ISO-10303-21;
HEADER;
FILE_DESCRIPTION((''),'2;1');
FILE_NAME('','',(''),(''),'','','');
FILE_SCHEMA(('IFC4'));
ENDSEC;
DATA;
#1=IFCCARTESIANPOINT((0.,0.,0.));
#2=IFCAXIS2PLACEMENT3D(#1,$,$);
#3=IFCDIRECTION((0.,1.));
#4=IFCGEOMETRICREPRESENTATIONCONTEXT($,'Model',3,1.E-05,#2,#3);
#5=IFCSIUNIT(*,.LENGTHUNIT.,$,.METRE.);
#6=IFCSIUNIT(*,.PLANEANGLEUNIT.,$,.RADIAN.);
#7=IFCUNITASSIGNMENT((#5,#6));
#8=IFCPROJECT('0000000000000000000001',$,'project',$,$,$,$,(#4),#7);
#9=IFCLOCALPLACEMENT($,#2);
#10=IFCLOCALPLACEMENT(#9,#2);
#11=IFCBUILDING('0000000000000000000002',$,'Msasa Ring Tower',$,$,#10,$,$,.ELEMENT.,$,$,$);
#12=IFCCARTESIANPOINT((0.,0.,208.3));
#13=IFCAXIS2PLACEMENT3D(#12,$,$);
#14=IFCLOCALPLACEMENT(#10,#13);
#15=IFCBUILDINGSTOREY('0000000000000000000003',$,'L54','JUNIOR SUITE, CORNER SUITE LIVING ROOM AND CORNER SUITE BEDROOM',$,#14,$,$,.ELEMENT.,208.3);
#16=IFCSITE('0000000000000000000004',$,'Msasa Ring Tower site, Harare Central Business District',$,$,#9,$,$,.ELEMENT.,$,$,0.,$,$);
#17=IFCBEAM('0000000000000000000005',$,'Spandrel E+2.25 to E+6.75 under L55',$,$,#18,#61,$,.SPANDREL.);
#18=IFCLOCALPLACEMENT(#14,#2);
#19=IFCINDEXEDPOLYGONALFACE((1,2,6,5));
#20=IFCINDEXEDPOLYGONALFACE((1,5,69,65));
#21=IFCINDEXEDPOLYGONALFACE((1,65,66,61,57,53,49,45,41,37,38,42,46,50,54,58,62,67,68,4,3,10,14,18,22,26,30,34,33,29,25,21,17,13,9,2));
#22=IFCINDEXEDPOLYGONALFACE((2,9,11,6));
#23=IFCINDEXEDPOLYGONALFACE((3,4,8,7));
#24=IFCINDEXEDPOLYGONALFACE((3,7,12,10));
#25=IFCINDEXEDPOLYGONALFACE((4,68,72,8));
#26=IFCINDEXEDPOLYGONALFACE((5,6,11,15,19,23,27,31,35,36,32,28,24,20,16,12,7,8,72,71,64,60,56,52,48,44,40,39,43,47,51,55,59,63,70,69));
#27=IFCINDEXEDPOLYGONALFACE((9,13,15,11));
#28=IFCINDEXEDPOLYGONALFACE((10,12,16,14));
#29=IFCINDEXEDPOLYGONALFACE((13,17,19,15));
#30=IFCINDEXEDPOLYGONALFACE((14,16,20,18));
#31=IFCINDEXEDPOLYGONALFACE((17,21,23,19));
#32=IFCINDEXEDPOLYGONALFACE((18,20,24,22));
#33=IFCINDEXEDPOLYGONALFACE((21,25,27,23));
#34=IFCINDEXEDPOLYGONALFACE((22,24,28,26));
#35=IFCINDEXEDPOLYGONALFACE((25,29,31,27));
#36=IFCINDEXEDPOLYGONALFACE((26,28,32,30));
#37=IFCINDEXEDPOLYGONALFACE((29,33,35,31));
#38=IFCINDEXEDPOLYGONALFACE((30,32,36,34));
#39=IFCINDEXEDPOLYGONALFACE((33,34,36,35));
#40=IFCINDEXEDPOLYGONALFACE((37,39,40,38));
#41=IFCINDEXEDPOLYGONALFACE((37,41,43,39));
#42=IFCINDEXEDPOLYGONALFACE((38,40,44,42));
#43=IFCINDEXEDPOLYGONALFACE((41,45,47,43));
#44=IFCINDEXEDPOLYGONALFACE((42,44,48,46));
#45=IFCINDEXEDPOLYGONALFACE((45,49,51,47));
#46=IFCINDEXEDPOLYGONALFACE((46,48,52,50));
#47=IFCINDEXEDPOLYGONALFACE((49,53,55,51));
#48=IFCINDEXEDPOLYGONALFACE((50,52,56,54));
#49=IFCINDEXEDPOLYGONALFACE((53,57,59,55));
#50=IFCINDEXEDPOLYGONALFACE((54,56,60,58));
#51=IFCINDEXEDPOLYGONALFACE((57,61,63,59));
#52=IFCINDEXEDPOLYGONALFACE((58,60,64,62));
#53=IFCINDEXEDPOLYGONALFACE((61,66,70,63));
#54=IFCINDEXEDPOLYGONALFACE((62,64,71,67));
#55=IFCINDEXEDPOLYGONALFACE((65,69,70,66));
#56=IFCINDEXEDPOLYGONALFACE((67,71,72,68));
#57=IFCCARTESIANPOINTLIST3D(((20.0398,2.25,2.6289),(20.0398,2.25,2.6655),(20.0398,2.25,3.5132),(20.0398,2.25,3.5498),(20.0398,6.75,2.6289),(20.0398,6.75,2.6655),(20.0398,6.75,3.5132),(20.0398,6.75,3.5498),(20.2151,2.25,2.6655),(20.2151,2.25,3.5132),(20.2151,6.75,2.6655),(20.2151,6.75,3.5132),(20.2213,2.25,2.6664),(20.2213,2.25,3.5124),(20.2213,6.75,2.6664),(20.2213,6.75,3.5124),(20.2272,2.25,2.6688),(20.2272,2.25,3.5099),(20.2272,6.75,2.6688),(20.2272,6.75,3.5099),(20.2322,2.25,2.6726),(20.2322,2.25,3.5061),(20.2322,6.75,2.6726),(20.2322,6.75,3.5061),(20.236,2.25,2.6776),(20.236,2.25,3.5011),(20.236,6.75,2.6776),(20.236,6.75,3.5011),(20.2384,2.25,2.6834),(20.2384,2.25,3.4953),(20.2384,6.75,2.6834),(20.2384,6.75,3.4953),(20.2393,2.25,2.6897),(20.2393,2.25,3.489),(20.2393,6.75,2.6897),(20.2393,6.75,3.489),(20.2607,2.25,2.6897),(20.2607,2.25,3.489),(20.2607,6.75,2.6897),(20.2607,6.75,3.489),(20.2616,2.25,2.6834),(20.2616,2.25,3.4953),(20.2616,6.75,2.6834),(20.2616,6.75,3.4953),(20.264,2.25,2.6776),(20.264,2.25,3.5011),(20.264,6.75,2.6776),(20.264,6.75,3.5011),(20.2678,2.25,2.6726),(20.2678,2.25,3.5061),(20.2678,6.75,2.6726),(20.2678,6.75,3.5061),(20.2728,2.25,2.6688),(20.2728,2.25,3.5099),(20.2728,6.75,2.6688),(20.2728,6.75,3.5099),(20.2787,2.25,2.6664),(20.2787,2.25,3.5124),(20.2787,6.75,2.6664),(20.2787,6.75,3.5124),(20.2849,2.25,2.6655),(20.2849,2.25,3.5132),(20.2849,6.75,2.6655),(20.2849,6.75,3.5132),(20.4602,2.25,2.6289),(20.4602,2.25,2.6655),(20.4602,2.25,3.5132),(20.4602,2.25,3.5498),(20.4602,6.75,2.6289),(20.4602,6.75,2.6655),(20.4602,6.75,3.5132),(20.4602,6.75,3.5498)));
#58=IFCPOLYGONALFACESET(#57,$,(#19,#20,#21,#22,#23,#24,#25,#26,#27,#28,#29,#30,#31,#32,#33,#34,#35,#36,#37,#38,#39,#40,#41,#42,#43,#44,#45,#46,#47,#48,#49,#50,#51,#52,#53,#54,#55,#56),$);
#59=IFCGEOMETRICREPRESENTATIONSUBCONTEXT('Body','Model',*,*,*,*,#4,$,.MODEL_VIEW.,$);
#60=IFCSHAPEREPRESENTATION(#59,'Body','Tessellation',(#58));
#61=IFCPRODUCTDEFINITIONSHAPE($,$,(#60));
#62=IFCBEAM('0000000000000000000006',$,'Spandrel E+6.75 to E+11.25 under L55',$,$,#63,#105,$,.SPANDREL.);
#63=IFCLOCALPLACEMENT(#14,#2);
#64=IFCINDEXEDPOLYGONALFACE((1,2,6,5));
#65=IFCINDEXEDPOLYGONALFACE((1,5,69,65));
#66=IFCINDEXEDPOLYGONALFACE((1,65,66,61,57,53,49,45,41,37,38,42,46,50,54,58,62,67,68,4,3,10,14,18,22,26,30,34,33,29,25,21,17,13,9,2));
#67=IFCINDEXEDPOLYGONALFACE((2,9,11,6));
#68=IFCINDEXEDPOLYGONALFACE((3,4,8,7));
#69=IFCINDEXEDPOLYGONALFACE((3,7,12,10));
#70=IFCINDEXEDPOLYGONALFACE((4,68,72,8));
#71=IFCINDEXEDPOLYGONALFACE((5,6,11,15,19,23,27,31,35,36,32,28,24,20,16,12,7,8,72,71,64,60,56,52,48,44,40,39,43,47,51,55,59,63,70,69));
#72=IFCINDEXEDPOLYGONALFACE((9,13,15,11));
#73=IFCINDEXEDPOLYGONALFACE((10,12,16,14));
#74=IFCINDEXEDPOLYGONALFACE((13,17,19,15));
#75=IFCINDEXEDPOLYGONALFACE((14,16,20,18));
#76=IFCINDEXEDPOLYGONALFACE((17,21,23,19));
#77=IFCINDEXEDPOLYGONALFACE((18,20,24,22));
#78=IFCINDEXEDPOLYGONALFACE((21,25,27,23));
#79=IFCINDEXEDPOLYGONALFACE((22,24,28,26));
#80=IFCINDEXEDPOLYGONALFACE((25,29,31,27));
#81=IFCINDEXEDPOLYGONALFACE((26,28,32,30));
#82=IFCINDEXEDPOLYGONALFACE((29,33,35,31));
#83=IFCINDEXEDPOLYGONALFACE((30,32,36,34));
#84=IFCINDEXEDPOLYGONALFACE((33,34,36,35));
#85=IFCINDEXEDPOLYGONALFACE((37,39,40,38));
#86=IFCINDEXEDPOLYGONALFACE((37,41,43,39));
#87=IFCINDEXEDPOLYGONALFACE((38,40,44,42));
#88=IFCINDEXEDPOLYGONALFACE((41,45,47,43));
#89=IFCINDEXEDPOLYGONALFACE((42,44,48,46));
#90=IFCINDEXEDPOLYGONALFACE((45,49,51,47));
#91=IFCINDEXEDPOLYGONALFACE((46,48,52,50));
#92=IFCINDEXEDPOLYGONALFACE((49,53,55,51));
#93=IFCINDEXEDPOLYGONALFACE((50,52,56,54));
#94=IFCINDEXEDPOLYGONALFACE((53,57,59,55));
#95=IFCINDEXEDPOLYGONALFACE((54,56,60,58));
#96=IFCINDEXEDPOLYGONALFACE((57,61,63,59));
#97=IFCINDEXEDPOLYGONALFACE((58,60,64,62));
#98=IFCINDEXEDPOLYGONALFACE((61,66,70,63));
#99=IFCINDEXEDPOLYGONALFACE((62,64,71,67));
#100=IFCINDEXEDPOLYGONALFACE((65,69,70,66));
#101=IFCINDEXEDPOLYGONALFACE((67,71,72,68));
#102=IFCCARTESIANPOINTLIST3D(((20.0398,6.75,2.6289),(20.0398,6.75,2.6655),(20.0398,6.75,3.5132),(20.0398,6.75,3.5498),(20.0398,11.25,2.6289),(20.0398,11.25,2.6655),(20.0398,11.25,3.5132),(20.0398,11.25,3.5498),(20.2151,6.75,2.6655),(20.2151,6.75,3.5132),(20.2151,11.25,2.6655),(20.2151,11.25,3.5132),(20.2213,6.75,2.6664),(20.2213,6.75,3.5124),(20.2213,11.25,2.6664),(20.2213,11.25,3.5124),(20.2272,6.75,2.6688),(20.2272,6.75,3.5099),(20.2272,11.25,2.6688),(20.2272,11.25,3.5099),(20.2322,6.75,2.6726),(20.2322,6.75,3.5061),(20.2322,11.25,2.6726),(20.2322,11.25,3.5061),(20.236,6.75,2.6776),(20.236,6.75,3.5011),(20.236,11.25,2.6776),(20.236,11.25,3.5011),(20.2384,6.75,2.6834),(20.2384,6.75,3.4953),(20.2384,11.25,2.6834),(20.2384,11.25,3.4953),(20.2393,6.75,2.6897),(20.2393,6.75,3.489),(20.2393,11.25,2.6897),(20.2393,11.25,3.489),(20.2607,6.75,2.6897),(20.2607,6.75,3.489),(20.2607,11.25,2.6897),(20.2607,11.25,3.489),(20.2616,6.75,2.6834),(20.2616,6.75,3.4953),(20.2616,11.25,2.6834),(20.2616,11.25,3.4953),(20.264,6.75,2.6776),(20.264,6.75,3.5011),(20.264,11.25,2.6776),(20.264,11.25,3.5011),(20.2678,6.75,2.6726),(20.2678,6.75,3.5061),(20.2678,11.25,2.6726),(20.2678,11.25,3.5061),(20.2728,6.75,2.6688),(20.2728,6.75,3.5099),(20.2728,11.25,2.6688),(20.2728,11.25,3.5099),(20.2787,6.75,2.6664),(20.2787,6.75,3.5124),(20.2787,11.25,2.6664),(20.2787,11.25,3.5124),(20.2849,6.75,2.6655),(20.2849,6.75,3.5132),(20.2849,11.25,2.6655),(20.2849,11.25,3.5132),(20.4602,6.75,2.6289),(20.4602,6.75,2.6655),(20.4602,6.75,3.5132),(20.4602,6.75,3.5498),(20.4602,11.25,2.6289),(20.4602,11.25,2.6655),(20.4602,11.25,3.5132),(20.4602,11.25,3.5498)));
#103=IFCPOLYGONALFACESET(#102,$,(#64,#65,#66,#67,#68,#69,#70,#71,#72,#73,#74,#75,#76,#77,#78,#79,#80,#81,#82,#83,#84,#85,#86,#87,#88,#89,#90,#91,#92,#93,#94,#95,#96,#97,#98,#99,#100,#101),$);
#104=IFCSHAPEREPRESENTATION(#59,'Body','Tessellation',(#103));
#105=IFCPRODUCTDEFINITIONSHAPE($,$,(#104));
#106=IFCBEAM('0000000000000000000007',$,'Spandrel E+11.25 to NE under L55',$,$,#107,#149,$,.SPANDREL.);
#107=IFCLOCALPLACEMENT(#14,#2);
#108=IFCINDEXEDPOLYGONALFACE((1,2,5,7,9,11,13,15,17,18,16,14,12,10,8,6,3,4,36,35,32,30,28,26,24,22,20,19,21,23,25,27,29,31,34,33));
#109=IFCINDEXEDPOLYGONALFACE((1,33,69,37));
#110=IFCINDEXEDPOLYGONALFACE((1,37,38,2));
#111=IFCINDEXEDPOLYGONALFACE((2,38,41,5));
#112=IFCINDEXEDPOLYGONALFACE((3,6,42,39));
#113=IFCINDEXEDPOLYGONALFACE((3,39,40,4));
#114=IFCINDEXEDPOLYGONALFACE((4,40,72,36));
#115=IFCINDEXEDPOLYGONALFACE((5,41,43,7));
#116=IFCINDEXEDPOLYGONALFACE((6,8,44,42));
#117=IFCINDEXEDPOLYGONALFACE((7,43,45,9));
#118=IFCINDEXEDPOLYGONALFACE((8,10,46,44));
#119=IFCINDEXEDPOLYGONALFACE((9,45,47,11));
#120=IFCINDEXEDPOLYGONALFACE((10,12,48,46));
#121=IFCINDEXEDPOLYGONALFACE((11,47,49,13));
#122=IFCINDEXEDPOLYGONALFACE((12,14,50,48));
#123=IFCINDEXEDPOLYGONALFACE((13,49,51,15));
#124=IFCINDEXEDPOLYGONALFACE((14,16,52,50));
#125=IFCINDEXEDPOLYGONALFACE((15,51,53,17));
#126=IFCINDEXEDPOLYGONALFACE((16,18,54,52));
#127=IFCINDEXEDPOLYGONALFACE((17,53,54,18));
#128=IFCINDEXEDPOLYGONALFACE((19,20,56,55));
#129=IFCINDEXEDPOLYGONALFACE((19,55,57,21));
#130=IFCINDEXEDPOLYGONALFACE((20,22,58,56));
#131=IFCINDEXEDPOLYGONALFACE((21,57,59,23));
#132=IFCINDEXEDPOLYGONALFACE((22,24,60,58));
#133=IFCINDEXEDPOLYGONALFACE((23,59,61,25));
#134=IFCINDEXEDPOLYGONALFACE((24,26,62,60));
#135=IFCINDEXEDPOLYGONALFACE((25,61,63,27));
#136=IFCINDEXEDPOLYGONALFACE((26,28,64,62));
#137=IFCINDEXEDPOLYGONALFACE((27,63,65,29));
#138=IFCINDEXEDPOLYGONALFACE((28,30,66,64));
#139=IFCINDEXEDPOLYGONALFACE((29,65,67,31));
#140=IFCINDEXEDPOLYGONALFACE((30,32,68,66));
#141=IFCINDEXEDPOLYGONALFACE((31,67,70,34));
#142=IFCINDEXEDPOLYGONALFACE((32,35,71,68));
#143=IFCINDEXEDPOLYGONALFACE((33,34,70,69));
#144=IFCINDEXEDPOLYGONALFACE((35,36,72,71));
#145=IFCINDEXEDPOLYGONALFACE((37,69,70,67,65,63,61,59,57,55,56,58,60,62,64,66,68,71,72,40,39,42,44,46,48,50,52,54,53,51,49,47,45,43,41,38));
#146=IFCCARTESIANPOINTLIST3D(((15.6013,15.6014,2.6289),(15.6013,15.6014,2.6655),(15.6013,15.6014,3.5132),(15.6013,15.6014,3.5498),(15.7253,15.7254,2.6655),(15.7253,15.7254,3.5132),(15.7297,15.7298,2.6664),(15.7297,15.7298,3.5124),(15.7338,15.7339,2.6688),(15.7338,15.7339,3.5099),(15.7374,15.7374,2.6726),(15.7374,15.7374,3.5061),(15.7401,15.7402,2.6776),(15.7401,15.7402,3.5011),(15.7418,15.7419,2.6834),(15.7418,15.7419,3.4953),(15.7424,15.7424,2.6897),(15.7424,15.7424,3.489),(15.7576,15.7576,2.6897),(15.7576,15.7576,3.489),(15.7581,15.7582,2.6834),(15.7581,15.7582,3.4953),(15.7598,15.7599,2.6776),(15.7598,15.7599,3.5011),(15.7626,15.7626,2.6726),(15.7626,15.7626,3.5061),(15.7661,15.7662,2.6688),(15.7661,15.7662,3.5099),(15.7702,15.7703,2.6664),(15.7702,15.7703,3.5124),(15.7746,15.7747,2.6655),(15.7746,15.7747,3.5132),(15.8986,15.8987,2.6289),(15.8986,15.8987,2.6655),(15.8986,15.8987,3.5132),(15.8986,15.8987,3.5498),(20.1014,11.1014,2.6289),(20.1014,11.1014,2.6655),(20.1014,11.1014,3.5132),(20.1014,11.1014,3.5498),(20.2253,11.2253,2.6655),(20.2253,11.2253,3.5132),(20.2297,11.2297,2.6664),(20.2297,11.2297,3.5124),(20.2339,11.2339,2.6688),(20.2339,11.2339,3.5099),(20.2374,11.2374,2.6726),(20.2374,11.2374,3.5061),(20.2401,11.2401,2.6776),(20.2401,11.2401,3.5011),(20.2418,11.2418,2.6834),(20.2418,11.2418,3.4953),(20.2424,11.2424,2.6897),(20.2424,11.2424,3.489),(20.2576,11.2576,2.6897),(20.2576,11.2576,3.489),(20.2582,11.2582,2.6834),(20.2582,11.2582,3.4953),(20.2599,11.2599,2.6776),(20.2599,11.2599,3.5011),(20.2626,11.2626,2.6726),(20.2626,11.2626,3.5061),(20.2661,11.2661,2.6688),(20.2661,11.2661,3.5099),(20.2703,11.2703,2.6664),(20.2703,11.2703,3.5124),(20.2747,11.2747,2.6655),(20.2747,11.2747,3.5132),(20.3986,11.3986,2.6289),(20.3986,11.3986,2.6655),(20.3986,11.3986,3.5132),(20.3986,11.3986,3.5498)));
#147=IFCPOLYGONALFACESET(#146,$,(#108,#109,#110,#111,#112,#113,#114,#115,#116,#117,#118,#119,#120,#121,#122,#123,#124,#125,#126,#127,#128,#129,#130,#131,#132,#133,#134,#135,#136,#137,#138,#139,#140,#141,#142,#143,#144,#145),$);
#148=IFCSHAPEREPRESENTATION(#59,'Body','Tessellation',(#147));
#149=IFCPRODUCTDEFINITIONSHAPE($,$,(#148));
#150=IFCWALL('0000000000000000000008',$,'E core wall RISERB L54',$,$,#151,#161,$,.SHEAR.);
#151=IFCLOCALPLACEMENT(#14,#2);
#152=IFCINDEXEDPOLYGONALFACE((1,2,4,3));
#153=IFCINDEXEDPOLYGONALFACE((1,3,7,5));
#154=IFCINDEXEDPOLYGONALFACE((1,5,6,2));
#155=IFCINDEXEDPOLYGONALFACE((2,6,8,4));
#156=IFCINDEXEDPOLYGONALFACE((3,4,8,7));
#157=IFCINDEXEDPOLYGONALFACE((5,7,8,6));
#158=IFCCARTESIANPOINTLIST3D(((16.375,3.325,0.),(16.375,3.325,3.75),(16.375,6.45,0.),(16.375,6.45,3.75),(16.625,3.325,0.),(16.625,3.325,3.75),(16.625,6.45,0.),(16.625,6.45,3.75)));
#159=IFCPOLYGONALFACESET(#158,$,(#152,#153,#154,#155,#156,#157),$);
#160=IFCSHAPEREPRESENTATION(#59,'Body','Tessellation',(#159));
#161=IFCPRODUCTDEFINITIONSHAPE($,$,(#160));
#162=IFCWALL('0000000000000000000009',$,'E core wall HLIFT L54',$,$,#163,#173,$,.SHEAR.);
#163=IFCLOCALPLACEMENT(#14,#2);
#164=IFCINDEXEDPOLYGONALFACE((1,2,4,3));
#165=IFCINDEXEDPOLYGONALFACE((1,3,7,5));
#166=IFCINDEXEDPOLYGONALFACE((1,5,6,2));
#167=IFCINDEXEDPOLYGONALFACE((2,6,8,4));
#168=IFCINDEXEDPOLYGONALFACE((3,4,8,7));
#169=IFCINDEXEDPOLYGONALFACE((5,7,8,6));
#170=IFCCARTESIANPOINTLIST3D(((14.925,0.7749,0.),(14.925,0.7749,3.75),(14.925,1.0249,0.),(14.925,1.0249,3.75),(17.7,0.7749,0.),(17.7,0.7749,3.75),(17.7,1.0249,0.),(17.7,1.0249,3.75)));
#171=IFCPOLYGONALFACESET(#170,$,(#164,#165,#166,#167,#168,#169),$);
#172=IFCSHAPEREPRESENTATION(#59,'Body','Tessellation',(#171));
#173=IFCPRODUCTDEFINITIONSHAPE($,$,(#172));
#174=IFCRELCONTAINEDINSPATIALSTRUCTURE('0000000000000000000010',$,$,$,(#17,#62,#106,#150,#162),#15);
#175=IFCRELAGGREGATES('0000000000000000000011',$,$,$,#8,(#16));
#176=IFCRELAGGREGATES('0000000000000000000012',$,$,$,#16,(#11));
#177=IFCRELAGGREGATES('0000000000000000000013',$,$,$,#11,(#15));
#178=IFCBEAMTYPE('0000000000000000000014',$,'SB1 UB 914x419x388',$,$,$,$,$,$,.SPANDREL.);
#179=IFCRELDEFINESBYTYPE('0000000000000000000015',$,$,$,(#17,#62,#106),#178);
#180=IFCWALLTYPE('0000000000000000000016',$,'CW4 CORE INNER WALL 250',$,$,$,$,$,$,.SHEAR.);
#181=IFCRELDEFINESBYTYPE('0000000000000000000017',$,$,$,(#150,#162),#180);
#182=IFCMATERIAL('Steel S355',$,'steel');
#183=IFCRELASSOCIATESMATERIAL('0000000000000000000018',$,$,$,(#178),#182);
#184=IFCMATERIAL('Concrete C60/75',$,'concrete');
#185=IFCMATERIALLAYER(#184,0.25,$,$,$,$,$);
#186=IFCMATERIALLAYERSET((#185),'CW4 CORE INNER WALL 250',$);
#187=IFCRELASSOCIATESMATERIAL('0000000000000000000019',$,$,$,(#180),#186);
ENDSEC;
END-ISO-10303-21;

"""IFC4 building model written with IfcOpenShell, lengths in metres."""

from ifc_helpers import new_model, si_unit, direction, frame, frame_2d, origin, origin_2d, place, context, subcontext, project, spatial, rectangle, i_section, extrude, material, layer, layer_set, material_profile, profile_set, type_object, element, save


model = new_model("IFC4")

# Units and contexts
model_context = context("Model", 3, precision=1e-05, world=origin(), true_north=direction((0.0, 1.0)))
body_context = subcontext(model_context, "Body", "Model", "MODEL_VIEW")
ifc_project = project(units=[si_unit("LENGTHUNIT", "METRE"), si_unit("PLANEANGLEUNIT", "RADIAN")], contexts=[model_context])

# Site, building, storey
site_placement = place(None, origin())
site = spatial("IfcSite", under=ifc_project, at=site_placement, Name="Msasa Ring Tower site, Harare Central Business District", CompositionType="ELEMENT", RefElevation=0.0)
building_placement = place(site_placement, origin())
building = spatial("IfcBuilding", under=site, at=building_placement, Name="Msasa Ring Tower", CompositionType="ELEMENT")
storey_placement = place(building_placement, frame((0.0, 0.0, 208.3)))
storey = spatial("IfcBuildingStorey", under=building, at=storey_placement, Name="L54", Description="JUNIOR SUITE, CORNER SUITE LIVING ROOM AND CORNER SUITE BEDROOM", CompositionType="ELEMENT", Elevation=208.3)

# Beams
ifc_material_1 = material(Name="Steel S355", Category="steel")
ifc_material_profile_1 = material_profile(ifc_material_1, i_section(OverallWidth=0.4204, OverallDepth=0.9209, WebThickness=0.0215, FlangeThickness=0.0366, FilletRadius=0.0242, at=origin_2d()), Name="UB 914x419x388")
ifc_profile_set_1 = profile_set([ifc_material_profile_1], Name="Steel S355")
beam_type_1 = type_object("IfcBeamType", Name="SB1 UB 914x419x388", PredefinedType="SPANDREL", material=ifc_profile_set_1)
for number, where, z_axis, x_axis, name in (
    (1, (20.25, 2.25, 3.0894), (0.0, 1.0, 0.0), (-1.0, 0.0, 0.0), "Spandrel E+2.25 to E+6.75 under L55"),
    (2, (20.25, 6.75, 3.0894), (0.0, 1.0, 0.0), (-1.0, 0.0, 0.0), "Spandrel E+6.75 to E+11.25 under L55"),
):
    element("IfcBeam", number, at=place(storey_placement, frame(where, z_axis=z_axis, x_axis=x_axis)), inside=storey, type_object=beam_type_1, Name=name, PredefinedType="SPANDREL", context=body_context, shape_type="SweptSolid", body=[
        extrude(i_section(OverallWidth=0.4204, OverallDepth=0.9209, WebThickness=0.0215, FlangeThickness=0.0366, FilletRadius=0.0242, at=origin_2d()), origin(), (0.0, 0.0, 1.0), 4.5),
    ])
beam_1_placement = place(storey_placement, frame((20.25, 11.25, 3.0894), z_axis=(-0.707107, 0.707107, 0.0), x_axis=(-0.707107, -0.707107, 0.0)))
element("IfcBeam", 3, at=beam_1_placement, inside=storey, type_object=beam_type_1, Name="Spandrel E+11.25 to NE under L55", PredefinedType="SPANDREL", context=body_context, shape_type="SweptSolid", body=[
    extrude(i_section(OverallWidth=0.4204, OverallDepth=0.9209, WebThickness=0.0215, FlangeThickness=0.0366, FilletRadius=0.0242, at=origin_2d()), origin(), (0.0, 0.0, 1.0), 6.364),
])

# Walls
ifc_material_2 = material(Name="Concrete C60/75", Category="concrete")
ifc_layer_1 = layer(ifc_material_2, 0.25)
ifc_layer_set_1 = layer_set([ifc_layer_1], Name="CW4 CORE INNER WALL 250")
wall_type_1 = type_object("IfcWallType", Name="CW4 CORE INNER WALL 250", PredefinedType="SHEAR", material=ifc_layer_set_1)
wall_1_placement = place(storey_placement, frame((16.5, 3.325, 0.0), z_axis=(0.0, 0.0, 1.0), x_axis=(0.0, 1.0, 0.0)))
element("IfcWall", 4, at=wall_1_placement, inside=storey, type_object=wall_type_1, Name="E core wall RISERB L54", PredefinedType="SHEAR", context=body_context, shape_type="SweptSolid", body=[
    extrude(rectangle(XDim=3.125, YDim=0.25, at=frame_2d((1.5625, 0.0))), origin(), (0.0, 0.0, 1.0), 3.75),
])
wall_2_placement = place(storey_placement, frame((14.925, 0.8999, 0.0), z_axis=(0.0, 0.0, 1.0), x_axis=(1.0, 0.0, 0.0)))
element("IfcWall", 5, at=wall_2_placement, inside=storey, type_object=wall_type_1, Name="E core wall HLIFT L54", PredefinedType="SHEAR", context=body_context, shape_type="SweptSolid", body=[
    extrude(rectangle(XDim=2.7749, YDim=0.25, at=frame_2d((1.3875, 0.0))), origin(), (0.0, 0.0, 1.0), 3.75),
])

save(model, "model.ifc")
